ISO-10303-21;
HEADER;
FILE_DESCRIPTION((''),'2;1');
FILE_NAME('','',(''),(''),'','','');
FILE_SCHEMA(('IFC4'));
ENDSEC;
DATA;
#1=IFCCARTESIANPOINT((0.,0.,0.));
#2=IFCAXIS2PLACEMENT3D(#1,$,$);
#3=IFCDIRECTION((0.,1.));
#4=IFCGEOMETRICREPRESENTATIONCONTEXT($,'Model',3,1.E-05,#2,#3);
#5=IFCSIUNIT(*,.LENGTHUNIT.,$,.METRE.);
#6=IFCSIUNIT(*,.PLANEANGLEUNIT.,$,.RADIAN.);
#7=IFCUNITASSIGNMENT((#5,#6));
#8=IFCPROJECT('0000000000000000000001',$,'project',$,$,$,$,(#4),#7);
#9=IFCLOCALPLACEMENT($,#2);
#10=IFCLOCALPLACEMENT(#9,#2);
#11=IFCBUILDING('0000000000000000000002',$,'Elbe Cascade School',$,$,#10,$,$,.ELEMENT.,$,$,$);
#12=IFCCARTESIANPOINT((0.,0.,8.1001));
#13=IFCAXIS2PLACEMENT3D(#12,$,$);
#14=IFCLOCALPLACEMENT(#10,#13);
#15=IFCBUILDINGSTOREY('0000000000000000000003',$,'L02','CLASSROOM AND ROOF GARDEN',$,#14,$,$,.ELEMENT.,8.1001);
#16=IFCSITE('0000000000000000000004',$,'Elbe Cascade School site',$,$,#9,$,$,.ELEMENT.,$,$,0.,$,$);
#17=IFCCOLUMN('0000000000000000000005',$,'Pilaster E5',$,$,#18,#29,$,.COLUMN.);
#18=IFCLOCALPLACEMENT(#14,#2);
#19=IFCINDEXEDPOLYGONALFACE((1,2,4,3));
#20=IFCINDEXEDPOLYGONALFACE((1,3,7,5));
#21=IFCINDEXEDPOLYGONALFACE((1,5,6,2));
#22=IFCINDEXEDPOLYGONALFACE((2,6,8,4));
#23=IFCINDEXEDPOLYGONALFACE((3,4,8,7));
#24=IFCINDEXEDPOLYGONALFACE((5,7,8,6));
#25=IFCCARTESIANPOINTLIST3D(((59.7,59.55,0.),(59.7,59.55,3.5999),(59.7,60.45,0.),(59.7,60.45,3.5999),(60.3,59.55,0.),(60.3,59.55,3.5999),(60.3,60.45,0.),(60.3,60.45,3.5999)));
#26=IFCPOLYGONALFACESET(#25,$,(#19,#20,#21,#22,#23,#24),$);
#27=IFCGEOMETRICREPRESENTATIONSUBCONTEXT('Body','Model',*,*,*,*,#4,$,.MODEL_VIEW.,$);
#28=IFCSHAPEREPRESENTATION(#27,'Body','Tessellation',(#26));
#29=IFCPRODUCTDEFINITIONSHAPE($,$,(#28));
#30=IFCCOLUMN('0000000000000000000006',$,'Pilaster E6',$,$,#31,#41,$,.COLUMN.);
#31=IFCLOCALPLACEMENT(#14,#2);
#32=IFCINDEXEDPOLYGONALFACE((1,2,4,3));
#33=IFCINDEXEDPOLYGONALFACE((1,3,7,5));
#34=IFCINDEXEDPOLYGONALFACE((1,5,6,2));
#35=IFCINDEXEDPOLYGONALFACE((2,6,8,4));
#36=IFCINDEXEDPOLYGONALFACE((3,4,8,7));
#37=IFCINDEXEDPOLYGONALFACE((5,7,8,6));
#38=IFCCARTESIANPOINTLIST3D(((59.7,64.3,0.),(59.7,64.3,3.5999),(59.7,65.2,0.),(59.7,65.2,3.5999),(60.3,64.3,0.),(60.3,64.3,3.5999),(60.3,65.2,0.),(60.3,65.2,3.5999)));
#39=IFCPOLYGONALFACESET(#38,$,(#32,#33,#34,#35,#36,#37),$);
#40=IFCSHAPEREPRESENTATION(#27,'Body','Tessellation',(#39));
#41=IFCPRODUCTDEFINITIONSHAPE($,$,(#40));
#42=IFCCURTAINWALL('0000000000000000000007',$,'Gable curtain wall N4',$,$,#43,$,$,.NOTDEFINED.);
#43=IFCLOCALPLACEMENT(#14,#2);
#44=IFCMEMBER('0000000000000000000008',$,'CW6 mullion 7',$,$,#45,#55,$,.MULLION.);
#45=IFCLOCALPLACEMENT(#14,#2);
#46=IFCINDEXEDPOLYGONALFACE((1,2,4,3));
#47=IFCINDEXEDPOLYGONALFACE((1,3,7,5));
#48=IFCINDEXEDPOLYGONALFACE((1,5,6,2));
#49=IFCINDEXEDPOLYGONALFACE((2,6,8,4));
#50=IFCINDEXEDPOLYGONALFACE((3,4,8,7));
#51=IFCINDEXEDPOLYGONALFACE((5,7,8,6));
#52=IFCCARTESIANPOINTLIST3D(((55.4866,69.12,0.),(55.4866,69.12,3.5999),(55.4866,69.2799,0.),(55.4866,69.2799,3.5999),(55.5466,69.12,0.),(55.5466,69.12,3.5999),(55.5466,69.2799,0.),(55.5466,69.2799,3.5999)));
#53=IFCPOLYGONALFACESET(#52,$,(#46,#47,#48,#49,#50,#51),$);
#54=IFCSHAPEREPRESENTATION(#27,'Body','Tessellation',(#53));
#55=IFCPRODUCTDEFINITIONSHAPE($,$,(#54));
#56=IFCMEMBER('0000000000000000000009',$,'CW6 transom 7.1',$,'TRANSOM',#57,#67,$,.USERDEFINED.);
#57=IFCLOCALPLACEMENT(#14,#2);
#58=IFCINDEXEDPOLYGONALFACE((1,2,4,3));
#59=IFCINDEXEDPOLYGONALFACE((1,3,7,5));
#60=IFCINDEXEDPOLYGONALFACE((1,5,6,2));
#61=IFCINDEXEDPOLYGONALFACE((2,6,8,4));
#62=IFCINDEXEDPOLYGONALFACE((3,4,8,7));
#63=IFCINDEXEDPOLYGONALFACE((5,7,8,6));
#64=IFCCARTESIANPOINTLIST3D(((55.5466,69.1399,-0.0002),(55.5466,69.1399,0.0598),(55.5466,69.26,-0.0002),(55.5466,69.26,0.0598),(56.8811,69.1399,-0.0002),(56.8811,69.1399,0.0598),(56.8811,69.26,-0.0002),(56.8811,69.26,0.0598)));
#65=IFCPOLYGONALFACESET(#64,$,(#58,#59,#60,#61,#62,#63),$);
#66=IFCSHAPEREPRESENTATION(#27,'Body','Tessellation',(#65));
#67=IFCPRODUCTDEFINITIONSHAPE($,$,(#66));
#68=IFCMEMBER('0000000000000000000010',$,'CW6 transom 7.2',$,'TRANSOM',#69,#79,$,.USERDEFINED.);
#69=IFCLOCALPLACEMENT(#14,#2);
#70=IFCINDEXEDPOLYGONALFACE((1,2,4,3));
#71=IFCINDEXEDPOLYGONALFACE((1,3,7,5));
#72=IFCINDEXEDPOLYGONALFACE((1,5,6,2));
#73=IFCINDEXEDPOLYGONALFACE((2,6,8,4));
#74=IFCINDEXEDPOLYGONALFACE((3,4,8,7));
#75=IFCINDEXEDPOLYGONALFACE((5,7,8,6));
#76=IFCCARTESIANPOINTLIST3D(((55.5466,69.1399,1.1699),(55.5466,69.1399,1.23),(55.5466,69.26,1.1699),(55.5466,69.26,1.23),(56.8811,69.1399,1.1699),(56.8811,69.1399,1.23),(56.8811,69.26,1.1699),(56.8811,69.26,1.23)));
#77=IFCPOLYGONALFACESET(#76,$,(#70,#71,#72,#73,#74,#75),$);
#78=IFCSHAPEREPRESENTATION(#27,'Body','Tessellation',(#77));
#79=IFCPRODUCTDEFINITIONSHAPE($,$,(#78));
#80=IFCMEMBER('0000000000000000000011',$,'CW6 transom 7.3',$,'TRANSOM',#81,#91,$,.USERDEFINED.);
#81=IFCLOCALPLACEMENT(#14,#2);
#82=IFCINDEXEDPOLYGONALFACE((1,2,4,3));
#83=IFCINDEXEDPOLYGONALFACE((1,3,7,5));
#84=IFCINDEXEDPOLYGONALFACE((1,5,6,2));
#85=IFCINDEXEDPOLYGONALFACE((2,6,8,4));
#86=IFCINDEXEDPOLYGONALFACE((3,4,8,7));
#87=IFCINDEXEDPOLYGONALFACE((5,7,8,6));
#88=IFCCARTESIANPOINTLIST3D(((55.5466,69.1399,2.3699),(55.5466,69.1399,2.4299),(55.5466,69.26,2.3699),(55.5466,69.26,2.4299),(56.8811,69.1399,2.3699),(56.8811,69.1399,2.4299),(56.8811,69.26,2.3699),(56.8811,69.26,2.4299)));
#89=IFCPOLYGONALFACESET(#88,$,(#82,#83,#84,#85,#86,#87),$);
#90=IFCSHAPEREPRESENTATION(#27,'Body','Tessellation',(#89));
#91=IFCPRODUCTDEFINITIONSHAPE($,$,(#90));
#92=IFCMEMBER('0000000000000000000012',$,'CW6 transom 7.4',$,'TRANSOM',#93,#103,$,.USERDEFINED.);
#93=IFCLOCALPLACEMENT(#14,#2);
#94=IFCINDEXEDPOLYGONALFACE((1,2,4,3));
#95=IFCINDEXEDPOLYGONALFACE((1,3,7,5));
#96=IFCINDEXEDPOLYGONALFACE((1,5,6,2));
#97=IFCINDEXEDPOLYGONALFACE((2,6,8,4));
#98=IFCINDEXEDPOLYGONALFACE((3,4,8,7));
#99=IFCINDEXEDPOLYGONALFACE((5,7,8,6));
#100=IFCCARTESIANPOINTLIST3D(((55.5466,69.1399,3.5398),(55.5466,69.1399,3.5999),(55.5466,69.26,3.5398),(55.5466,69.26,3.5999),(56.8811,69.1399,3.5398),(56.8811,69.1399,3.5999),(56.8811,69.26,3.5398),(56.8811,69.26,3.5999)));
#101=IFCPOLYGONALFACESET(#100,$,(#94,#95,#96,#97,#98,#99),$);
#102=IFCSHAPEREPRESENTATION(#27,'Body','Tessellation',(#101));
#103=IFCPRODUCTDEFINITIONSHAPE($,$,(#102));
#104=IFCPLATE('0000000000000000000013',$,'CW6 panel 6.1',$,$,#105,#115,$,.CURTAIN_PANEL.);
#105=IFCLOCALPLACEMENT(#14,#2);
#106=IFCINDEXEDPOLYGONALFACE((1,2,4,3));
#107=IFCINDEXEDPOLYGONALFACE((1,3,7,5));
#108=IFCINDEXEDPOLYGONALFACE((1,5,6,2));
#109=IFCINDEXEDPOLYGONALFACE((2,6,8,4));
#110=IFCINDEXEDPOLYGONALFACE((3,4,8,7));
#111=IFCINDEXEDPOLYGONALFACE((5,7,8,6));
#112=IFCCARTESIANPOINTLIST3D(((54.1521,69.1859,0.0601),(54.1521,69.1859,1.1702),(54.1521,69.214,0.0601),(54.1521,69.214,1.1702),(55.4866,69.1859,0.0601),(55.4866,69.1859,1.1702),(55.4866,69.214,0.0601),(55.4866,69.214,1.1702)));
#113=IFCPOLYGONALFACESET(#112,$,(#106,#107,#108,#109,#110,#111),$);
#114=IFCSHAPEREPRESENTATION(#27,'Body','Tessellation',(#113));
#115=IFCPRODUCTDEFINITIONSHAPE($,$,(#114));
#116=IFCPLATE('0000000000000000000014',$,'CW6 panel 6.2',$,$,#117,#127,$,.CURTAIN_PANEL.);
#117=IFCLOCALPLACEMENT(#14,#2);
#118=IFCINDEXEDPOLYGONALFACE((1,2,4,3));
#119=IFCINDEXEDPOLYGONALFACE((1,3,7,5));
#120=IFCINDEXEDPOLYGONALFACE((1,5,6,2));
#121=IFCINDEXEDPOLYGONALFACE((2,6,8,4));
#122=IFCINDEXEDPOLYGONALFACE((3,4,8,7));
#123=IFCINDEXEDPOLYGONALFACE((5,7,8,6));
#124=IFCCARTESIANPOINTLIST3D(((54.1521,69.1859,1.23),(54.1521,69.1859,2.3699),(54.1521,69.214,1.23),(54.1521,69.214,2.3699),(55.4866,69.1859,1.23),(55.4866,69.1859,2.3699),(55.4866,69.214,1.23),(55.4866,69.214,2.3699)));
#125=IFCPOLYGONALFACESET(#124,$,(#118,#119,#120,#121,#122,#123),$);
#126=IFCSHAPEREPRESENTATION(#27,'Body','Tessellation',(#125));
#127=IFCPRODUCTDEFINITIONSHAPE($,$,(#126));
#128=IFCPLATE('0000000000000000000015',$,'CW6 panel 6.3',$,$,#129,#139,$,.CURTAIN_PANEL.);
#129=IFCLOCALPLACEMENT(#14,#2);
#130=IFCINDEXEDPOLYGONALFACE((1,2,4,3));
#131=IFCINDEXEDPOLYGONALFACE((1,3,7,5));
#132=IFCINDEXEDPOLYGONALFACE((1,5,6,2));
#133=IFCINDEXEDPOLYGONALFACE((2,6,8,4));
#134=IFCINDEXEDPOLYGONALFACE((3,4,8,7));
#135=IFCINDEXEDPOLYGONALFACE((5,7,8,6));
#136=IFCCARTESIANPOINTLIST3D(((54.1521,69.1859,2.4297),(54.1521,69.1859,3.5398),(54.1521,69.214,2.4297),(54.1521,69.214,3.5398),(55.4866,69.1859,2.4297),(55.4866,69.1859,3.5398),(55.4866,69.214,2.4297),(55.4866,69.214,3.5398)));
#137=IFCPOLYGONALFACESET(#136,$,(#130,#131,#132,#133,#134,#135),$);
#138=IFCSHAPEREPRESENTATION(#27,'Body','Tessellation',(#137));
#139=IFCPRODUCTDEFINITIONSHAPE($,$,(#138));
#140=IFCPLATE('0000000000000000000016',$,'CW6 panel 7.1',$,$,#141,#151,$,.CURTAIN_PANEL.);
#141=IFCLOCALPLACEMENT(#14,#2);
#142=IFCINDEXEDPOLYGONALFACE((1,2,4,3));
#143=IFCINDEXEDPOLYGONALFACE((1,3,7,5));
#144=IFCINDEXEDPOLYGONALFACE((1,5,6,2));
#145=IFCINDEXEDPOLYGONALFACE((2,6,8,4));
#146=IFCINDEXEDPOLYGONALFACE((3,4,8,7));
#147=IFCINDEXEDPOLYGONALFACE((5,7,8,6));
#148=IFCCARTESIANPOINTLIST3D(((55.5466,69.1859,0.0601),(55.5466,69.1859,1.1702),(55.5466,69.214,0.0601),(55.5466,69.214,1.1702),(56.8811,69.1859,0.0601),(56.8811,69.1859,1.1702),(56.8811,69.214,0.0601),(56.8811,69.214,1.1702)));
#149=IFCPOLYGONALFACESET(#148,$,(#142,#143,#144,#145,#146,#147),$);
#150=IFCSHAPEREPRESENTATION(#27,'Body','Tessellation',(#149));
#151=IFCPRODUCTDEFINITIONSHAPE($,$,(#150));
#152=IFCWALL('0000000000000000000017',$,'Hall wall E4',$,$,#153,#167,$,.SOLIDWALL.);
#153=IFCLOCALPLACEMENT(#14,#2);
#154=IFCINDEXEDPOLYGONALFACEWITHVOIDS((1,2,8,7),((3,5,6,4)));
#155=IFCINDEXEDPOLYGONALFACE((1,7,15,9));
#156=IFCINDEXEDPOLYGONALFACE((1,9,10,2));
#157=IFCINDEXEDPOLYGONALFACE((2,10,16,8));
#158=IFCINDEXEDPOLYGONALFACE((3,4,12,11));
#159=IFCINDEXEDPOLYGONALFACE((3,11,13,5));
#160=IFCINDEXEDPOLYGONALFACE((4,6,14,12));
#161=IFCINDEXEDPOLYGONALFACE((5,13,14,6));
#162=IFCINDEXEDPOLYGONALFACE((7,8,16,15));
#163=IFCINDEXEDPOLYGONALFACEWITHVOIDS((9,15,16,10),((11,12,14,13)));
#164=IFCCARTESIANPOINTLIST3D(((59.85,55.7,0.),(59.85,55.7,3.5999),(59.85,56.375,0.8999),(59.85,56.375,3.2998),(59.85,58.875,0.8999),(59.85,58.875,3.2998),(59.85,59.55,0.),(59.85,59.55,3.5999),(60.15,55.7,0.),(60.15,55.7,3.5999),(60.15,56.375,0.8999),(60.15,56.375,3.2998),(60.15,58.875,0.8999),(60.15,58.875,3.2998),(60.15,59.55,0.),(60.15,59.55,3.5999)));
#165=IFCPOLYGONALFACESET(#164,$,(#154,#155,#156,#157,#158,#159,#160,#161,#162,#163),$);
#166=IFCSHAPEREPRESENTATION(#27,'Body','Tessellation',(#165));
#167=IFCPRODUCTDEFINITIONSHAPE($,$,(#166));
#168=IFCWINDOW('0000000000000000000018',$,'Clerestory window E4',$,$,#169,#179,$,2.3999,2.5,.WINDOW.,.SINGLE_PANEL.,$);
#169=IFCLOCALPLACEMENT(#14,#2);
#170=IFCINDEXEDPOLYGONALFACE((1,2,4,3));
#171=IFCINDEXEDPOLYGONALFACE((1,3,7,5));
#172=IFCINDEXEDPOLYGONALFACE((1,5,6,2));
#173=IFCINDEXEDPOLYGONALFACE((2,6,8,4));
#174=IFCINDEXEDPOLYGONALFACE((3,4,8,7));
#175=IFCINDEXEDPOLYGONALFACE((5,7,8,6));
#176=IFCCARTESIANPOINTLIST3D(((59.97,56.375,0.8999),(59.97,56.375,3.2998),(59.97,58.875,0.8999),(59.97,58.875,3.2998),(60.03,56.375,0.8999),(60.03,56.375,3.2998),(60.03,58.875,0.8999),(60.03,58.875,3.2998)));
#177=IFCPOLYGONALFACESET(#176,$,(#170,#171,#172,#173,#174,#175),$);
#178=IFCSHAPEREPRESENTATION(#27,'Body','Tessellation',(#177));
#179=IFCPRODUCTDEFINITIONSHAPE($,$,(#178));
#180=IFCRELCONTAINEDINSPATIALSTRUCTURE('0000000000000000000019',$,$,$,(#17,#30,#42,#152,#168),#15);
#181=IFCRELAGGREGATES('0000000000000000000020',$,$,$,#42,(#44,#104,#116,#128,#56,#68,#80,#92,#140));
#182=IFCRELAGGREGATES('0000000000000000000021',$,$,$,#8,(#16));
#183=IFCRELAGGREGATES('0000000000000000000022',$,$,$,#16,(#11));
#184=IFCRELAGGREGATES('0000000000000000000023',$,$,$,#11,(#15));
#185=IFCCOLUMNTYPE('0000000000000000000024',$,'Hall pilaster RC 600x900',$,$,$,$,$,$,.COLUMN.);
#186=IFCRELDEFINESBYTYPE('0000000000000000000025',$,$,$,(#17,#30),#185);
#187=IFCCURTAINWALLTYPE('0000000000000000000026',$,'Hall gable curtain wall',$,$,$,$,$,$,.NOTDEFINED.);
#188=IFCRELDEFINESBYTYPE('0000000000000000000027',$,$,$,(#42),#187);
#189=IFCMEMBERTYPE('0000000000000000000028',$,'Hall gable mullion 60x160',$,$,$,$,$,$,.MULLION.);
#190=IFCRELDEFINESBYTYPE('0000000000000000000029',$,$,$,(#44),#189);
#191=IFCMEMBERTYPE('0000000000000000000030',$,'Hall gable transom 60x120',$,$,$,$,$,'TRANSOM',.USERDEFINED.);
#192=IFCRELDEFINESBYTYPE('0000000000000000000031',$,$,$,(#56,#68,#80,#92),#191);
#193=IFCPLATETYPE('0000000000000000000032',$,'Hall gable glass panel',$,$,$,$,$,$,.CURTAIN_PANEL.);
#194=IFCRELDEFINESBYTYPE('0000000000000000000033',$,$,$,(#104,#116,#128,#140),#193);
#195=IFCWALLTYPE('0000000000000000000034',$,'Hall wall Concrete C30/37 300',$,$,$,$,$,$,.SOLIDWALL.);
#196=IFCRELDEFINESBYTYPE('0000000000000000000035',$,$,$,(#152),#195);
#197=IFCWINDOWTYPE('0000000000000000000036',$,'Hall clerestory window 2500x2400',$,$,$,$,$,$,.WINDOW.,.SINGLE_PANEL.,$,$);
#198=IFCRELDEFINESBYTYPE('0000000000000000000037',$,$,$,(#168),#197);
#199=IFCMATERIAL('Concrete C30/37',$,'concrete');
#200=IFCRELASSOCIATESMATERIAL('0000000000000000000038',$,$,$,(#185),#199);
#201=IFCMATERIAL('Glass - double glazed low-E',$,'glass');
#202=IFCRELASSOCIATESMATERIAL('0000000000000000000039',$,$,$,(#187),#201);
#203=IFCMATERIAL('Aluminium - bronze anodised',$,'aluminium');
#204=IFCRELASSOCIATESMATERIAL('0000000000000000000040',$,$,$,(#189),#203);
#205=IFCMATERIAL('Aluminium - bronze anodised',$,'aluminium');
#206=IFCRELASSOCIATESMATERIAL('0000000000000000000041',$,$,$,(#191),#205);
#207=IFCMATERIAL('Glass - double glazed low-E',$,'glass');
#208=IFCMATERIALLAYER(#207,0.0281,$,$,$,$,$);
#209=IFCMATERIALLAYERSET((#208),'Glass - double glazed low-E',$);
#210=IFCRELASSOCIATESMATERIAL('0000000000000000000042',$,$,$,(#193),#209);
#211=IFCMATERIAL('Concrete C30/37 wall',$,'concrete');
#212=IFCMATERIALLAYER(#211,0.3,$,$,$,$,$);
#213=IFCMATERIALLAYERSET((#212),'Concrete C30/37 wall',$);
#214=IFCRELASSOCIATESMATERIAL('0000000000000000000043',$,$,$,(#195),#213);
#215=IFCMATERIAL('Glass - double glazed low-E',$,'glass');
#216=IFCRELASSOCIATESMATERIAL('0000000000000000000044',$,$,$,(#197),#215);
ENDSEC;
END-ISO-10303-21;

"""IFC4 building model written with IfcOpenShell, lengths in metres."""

from ifc_helpers import new_model, si_unit, direction, frame, frame_2d, origin, origin_2d, place, context, subcontext, project, spatial, rectangle, extrude, material, layer, layer_set, material_profile, profile_set, type_object, element, fill, aggregate, save


model = new_model("IFC4")

# Units and contexts
model_context = context("Model", 3, precision=1e-05, world=origin(), true_north=direction((0.0, 1.0)))
body_context = subcontext(model_context, "Body", "Model", "MODEL_VIEW")
ifc_project = project(units=[si_unit("LENGTHUNIT", "METRE"), si_unit("PLANEANGLEUNIT", "RADIAN")], contexts=[model_context])

# Site, building, storey
site_placement = place(None, origin())
site = spatial("IfcSite", under=ifc_project, at=site_placement, Name="Elbe Cascade School site", CompositionType="ELEMENT", RefElevation=0.0)
building_placement = place(site_placement, origin())
building = spatial("IfcBuilding", under=site, at=building_placement, Name="Elbe Cascade School", CompositionType="ELEMENT")
storey_placement = place(building_placement, frame((0.0, 0.0, 8.1001)))
storey = spatial("IfcBuildingStorey", under=building, at=storey_placement, Name="L02", Description="CLASSROOM AND ROOF GARDEN", CompositionType="ELEMENT", Elevation=8.1001)

# Columns
ifc_material_1 = material(Name="Concrete C30/37", Category="concrete")
ifc_material_profile_1 = material_profile(ifc_material_1, rectangle(XDim=0.6001, YDim=0.8999, at=origin_2d()), Name="RC 600x900")
ifc_profile_set_1 = profile_set([ifc_material_profile_1], Name="Concrete C30/37")
column_type = type_object("IfcColumnType", Name="Hall pilaster RC 600x900", PredefinedType="COLUMN", material=ifc_profile_set_1)
for number, where, z_axis, x_axis, name in (
    (1, (60.0, 60.0, 0.0), (0.0, 0.0, 1.0), (1.0, 0.0, 0.0), "Pilaster E5"),
    (2, (60.0, 64.75, 0.0), (0.0, 0.0, 1.0), (1.0, 0.0, 0.0), "Pilaster E6"),
):
    element("IfcColumn", number, at=place(storey_placement, frame(where, z_axis=z_axis, x_axis=x_axis)), inside=storey, type_object=column_type, Name=name, PredefinedType="COLUMN", context=body_context, shape_type="SweptSolid", body=[
        extrude(rectangle(XDim=0.6001, YDim=0.8999, at=origin_2d()), origin(), (0.0, 0.0, 1.0), 3.5999),
    ])

# Curtain wall, members, plates
ifc_material_2 = material(Name="Glass - double glazed low-E", Category="glass")
curtain_wall_type = type_object("IfcCurtainWallType", Name="Hall gable curtain wall", PredefinedType="NOTDEFINED", material=ifc_material_2)
curtain_wall_placement = place(storey_placement, origin())
curtain_wall = element("IfcCurtainWall", 3, at=curtain_wall_placement, inside=storey, type_object=curtain_wall_type, Name="Gable curtain wall N4", PredefinedType="NOTDEFINED")
ifc_material_3 = material(Name="Aluminium - bronze anodised", Category="aluminium")
ifc_material_profile_2 = material_profile(ifc_material_3, rectangle(XDim=0.1599, YDim=0.0601, at=origin_2d()), Name="Alu 60x160")
ifc_profile_set_2 = profile_set([ifc_material_profile_2], Name="Aluminium - bronze anodised")
member_type_1 = type_object("IfcMemberType", Name="Hall gable mullion 60x160", PredefinedType="MULLION", material=ifc_profile_set_2)
member_1_placement = place(storey_placement, frame((55.5166, 69.2, 0.0), z_axis=(0.0, 0.0, 1.0), x_axis=(0.0, 1.0, 0.0)))
member_1 = element("IfcMember", 4, at=member_1_placement, type_object=member_type_1, Name="CW6 mullion 7", PredefinedType="MULLION", context=body_context, shape_type="SweptSolid", body=[
    extrude(rectangle(XDim=0.1599, YDim=0.0601, at=origin_2d()), origin(), (0.0, 0.0, 1.0), 3.5999),
])
ifc_material_4 = material(Name="Aluminium - bronze anodised", Category="aluminium")
ifc_material_profile_3 = material_profile(ifc_material_4, rectangle(XDim=0.1201, YDim=0.0601, at=origin_2d()), Name="Alu 60x120")
ifc_profile_set_3 = profile_set([ifc_material_profile_3], Name="Aluminium - bronze anodised")
member_type_2 = type_object("IfcMemberType", Name="Hall gable transom 60x120", ElementType="TRANSOM", PredefinedType="USERDEFINED", material=ifc_profile_set_3)
member_2_placement = place(storey_placement, frame((55.5466, 69.2, 0.0298), z_axis=(1.0, 0.0, 0.0), x_axis=(0.0, 1.0, 0.0)))
member_2 = element("IfcMember", 5, at=member_2_placement, type_object=member_type_2, Name="CW6 transom 7.1", ObjectType="TRANSOM", PredefinedType="USERDEFINED", context=body_context, shape_type="SweptSolid", body=[
    extrude(rectangle(XDim=0.1201, YDim=0.0601, at=origin_2d()), origin(), (0.0, 0.0, 1.0), 1.3345),
])
member_3_placement = place(storey_placement, frame((55.5466, 69.2, 1.2), z_axis=(1.0, 0.0, 0.0), x_axis=(0.0, 1.0, 0.0)))
member_3 = element("IfcMember", 6, at=member_3_placement, type_object=member_type_2, Name="CW6 transom 7.2", ObjectType="TRANSOM", PredefinedType="USERDEFINED", context=body_context, shape_type="SweptSolid", body=[
    extrude(rectangle(XDim=0.1201, YDim=0.0601, at=origin_2d()), origin(), (0.0, 0.0, 1.0), 1.3345),
])
member_4_placement = place(storey_placement, frame((55.5466, 69.2, 2.3999), z_axis=(1.0, 0.0, 0.0), x_axis=(0.0, 1.0, 0.0)))
member_4 = element("IfcMember", 7, at=member_4_placement, type_object=member_type_2, Name="CW6 transom 7.3", ObjectType="TRANSOM", PredefinedType="USERDEFINED", context=body_context, shape_type="SweptSolid", body=[
    extrude(rectangle(XDim=0.1201, YDim=0.0601, at=origin_2d()), origin(), (0.0, 0.0, 1.0), 1.3345),
])
member_5_placement = place(storey_placement, frame((55.5466, 69.2, 3.5698), z_axis=(1.0, 0.0, 0.0), x_axis=(0.0, 1.0, 0.0)))
member_5 = element("IfcMember", 8, at=member_5_placement, type_object=member_type_2, Name="CW6 transom 7.4", ObjectType="TRANSOM", PredefinedType="USERDEFINED", context=body_context, shape_type="SweptSolid", body=[
    extrude(rectangle(XDim=0.1201, YDim=0.0601, at=origin_2d()), origin(), (0.0, 0.0, 1.0), 1.3345),
])
ifc_material_5 = material(Name="Glass - double glazed low-E", Category="glass")
ifc_layer_1 = layer(ifc_material_5, 0.0281)
ifc_layer_set_1 = layer_set([ifc_layer_1], Name="Glass - double glazed low-E")
plate_type = type_object("IfcPlateType", Name="Hall gable glass panel", PredefinedType="CURTAIN_PANEL", material=ifc_layer_set_1)
plate_1_placement = place(storey_placement, frame((54.8193, 69.2, 0.0601), z_axis=(0.0, 0.0, 1.0), x_axis=(1.0, 0.0, 0.0)))
plate_1 = element("IfcPlate", 9, at=plate_1_placement, type_object=plate_type, Name="CW6 panel 6.1", PredefinedType="CURTAIN_PANEL", context=body_context, shape_type="SweptSolid", body=[
    extrude(rectangle(XDim=1.3345, YDim=0.0281, at=origin_2d()), origin(), (0.0, 0.0, 1.0), 1.1101),
])
plate_2_placement = place(storey_placement, frame((54.8193, 69.2, 1.23), z_axis=(0.0, 0.0, 1.0), x_axis=(1.0, 0.0, 0.0)))
plate_2 = element("IfcPlate", 10, at=plate_2_placement, type_object=plate_type, Name="CW6 panel 6.2", PredefinedType="CURTAIN_PANEL", context=body_context, shape_type="SweptSolid", body=[
    extrude(rectangle(XDim=1.3345, YDim=0.0281, at=origin_2d()), origin(), (0.0, 0.0, 1.0), 1.1399),
])
plate_3_placement = place(storey_placement, frame((54.8193, 69.2, 2.4297), z_axis=(0.0, 0.0, 1.0), x_axis=(1.0, 0.0, 0.0)))
plate_3 = element("IfcPlate", 11, at=plate_3_placement, type_object=plate_type, Name="CW6 panel 6.3", PredefinedType="CURTAIN_PANEL", context=body_context, shape_type="SweptSolid", body=[
    extrude(rectangle(XDim=1.3345, YDim=0.0281, at=origin_2d()), origin(), (0.0, 0.0, 1.0), 1.1101),
])
plate_4_placement = place(storey_placement, frame((56.2139, 69.2, 0.0601), z_axis=(0.0, 0.0, 1.0), x_axis=(1.0, 0.0, 0.0)))
plate_4 = element("IfcPlate", 12, at=plate_4_placement, type_object=plate_type, Name="CW6 panel 7.1", PredefinedType="CURTAIN_PANEL", context=body_context, shape_type="SweptSolid", body=[
    extrude(rectangle(XDim=1.3345, YDim=0.0281, at=origin_2d()), origin(), (0.0, 0.0, 1.0), 1.1101),
])
aggregate(curtain_wall, [member_1, plate_1, plate_2, plate_3, member_2, member_3, member_4, member_5, plate_4])

# Wall, opening, window
ifc_material_6 = material(Name="Concrete C30/37 wall", Category="concrete")
ifc_layer_2 = layer(ifc_material_6, 0.3)
ifc_layer_set_2 = layer_set([ifc_layer_2], Name="Concrete C30/37 wall")
wall_type = type_object("IfcWallType", Name="Hall wall Concrete C30/37 300", PredefinedType="SOLIDWALL", material=ifc_layer_set_2)
wall_1_placement = place(storey_placement, frame((60.0, 55.7, 0.0), z_axis=(0.0, 0.0, 1.0), x_axis=(0.0, 1.0, 0.0)))
wall_1 = element("IfcWall", 13, at=wall_1_placement, inside=storey, type_object=wall_type, Name="Hall wall E4", PredefinedType="SOLIDWALL", context=body_context, shape_type="SweptSolid", body=[
    extrude(rectangle(XDim=3.8501, YDim=0.3, at=frame_2d((1.925, 0.0))), origin(), (0.0, 0.0, 1.0), 3.5999),
])
opening_1_placement = place(wall_1_placement, frame((0.675, 0.0, 0.8999)))
opening_1 = element("IfcOpeningElement", 14, at=opening_1_placement, cuts=wall_1, PredefinedType="OPENING", context=body_context, shape_type="SweptSolid", body=[
    extrude(rectangle(XDim=2.5, YDim=2.3999, at=frame_2d((1.25, 1.2))), frame((0.0, 0.1599, 0.0), z_axis=(0.0, -1.0, 0.0), x_axis=(1.0, 0.0, 0.0)), (0.0, 0.0, 1.0), 0.3201),
])
ifc_material_7 = material(Name="Glass - double glazed low-E", Category="glass")
window_type = type_object("IfcWindowType", Name="Hall clerestory window 2500x2400", PartitioningType="SINGLE_PANEL", PredefinedType="WINDOW", material=ifc_material_7)
window_1_placement = place(opening_1_placement, origin())
window_1 = element("IfcWindow", 15, at=window_1_placement, inside=storey, type_object=window_type, Name="Clerestory window E4", OverallHeight=2.3999, OverallWidth=2.5, PartitioningType="SINGLE_PANEL", PredefinedType="WINDOW", context=body_context, shape_type="SweptSolid", body=[
    extrude(rectangle(XDim=2.5, YDim=2.3999, at=frame_2d((1.25, 1.2))), frame((0.0, 0.03, 0.0), z_axis=(0.0, -1.0, 0.0), x_axis=(1.0, 0.0, 0.0)), (0.0, 0.0, 1.0), 0.0601),
])
fill(opening_1, window_1)

save(model, "model.ifc")
